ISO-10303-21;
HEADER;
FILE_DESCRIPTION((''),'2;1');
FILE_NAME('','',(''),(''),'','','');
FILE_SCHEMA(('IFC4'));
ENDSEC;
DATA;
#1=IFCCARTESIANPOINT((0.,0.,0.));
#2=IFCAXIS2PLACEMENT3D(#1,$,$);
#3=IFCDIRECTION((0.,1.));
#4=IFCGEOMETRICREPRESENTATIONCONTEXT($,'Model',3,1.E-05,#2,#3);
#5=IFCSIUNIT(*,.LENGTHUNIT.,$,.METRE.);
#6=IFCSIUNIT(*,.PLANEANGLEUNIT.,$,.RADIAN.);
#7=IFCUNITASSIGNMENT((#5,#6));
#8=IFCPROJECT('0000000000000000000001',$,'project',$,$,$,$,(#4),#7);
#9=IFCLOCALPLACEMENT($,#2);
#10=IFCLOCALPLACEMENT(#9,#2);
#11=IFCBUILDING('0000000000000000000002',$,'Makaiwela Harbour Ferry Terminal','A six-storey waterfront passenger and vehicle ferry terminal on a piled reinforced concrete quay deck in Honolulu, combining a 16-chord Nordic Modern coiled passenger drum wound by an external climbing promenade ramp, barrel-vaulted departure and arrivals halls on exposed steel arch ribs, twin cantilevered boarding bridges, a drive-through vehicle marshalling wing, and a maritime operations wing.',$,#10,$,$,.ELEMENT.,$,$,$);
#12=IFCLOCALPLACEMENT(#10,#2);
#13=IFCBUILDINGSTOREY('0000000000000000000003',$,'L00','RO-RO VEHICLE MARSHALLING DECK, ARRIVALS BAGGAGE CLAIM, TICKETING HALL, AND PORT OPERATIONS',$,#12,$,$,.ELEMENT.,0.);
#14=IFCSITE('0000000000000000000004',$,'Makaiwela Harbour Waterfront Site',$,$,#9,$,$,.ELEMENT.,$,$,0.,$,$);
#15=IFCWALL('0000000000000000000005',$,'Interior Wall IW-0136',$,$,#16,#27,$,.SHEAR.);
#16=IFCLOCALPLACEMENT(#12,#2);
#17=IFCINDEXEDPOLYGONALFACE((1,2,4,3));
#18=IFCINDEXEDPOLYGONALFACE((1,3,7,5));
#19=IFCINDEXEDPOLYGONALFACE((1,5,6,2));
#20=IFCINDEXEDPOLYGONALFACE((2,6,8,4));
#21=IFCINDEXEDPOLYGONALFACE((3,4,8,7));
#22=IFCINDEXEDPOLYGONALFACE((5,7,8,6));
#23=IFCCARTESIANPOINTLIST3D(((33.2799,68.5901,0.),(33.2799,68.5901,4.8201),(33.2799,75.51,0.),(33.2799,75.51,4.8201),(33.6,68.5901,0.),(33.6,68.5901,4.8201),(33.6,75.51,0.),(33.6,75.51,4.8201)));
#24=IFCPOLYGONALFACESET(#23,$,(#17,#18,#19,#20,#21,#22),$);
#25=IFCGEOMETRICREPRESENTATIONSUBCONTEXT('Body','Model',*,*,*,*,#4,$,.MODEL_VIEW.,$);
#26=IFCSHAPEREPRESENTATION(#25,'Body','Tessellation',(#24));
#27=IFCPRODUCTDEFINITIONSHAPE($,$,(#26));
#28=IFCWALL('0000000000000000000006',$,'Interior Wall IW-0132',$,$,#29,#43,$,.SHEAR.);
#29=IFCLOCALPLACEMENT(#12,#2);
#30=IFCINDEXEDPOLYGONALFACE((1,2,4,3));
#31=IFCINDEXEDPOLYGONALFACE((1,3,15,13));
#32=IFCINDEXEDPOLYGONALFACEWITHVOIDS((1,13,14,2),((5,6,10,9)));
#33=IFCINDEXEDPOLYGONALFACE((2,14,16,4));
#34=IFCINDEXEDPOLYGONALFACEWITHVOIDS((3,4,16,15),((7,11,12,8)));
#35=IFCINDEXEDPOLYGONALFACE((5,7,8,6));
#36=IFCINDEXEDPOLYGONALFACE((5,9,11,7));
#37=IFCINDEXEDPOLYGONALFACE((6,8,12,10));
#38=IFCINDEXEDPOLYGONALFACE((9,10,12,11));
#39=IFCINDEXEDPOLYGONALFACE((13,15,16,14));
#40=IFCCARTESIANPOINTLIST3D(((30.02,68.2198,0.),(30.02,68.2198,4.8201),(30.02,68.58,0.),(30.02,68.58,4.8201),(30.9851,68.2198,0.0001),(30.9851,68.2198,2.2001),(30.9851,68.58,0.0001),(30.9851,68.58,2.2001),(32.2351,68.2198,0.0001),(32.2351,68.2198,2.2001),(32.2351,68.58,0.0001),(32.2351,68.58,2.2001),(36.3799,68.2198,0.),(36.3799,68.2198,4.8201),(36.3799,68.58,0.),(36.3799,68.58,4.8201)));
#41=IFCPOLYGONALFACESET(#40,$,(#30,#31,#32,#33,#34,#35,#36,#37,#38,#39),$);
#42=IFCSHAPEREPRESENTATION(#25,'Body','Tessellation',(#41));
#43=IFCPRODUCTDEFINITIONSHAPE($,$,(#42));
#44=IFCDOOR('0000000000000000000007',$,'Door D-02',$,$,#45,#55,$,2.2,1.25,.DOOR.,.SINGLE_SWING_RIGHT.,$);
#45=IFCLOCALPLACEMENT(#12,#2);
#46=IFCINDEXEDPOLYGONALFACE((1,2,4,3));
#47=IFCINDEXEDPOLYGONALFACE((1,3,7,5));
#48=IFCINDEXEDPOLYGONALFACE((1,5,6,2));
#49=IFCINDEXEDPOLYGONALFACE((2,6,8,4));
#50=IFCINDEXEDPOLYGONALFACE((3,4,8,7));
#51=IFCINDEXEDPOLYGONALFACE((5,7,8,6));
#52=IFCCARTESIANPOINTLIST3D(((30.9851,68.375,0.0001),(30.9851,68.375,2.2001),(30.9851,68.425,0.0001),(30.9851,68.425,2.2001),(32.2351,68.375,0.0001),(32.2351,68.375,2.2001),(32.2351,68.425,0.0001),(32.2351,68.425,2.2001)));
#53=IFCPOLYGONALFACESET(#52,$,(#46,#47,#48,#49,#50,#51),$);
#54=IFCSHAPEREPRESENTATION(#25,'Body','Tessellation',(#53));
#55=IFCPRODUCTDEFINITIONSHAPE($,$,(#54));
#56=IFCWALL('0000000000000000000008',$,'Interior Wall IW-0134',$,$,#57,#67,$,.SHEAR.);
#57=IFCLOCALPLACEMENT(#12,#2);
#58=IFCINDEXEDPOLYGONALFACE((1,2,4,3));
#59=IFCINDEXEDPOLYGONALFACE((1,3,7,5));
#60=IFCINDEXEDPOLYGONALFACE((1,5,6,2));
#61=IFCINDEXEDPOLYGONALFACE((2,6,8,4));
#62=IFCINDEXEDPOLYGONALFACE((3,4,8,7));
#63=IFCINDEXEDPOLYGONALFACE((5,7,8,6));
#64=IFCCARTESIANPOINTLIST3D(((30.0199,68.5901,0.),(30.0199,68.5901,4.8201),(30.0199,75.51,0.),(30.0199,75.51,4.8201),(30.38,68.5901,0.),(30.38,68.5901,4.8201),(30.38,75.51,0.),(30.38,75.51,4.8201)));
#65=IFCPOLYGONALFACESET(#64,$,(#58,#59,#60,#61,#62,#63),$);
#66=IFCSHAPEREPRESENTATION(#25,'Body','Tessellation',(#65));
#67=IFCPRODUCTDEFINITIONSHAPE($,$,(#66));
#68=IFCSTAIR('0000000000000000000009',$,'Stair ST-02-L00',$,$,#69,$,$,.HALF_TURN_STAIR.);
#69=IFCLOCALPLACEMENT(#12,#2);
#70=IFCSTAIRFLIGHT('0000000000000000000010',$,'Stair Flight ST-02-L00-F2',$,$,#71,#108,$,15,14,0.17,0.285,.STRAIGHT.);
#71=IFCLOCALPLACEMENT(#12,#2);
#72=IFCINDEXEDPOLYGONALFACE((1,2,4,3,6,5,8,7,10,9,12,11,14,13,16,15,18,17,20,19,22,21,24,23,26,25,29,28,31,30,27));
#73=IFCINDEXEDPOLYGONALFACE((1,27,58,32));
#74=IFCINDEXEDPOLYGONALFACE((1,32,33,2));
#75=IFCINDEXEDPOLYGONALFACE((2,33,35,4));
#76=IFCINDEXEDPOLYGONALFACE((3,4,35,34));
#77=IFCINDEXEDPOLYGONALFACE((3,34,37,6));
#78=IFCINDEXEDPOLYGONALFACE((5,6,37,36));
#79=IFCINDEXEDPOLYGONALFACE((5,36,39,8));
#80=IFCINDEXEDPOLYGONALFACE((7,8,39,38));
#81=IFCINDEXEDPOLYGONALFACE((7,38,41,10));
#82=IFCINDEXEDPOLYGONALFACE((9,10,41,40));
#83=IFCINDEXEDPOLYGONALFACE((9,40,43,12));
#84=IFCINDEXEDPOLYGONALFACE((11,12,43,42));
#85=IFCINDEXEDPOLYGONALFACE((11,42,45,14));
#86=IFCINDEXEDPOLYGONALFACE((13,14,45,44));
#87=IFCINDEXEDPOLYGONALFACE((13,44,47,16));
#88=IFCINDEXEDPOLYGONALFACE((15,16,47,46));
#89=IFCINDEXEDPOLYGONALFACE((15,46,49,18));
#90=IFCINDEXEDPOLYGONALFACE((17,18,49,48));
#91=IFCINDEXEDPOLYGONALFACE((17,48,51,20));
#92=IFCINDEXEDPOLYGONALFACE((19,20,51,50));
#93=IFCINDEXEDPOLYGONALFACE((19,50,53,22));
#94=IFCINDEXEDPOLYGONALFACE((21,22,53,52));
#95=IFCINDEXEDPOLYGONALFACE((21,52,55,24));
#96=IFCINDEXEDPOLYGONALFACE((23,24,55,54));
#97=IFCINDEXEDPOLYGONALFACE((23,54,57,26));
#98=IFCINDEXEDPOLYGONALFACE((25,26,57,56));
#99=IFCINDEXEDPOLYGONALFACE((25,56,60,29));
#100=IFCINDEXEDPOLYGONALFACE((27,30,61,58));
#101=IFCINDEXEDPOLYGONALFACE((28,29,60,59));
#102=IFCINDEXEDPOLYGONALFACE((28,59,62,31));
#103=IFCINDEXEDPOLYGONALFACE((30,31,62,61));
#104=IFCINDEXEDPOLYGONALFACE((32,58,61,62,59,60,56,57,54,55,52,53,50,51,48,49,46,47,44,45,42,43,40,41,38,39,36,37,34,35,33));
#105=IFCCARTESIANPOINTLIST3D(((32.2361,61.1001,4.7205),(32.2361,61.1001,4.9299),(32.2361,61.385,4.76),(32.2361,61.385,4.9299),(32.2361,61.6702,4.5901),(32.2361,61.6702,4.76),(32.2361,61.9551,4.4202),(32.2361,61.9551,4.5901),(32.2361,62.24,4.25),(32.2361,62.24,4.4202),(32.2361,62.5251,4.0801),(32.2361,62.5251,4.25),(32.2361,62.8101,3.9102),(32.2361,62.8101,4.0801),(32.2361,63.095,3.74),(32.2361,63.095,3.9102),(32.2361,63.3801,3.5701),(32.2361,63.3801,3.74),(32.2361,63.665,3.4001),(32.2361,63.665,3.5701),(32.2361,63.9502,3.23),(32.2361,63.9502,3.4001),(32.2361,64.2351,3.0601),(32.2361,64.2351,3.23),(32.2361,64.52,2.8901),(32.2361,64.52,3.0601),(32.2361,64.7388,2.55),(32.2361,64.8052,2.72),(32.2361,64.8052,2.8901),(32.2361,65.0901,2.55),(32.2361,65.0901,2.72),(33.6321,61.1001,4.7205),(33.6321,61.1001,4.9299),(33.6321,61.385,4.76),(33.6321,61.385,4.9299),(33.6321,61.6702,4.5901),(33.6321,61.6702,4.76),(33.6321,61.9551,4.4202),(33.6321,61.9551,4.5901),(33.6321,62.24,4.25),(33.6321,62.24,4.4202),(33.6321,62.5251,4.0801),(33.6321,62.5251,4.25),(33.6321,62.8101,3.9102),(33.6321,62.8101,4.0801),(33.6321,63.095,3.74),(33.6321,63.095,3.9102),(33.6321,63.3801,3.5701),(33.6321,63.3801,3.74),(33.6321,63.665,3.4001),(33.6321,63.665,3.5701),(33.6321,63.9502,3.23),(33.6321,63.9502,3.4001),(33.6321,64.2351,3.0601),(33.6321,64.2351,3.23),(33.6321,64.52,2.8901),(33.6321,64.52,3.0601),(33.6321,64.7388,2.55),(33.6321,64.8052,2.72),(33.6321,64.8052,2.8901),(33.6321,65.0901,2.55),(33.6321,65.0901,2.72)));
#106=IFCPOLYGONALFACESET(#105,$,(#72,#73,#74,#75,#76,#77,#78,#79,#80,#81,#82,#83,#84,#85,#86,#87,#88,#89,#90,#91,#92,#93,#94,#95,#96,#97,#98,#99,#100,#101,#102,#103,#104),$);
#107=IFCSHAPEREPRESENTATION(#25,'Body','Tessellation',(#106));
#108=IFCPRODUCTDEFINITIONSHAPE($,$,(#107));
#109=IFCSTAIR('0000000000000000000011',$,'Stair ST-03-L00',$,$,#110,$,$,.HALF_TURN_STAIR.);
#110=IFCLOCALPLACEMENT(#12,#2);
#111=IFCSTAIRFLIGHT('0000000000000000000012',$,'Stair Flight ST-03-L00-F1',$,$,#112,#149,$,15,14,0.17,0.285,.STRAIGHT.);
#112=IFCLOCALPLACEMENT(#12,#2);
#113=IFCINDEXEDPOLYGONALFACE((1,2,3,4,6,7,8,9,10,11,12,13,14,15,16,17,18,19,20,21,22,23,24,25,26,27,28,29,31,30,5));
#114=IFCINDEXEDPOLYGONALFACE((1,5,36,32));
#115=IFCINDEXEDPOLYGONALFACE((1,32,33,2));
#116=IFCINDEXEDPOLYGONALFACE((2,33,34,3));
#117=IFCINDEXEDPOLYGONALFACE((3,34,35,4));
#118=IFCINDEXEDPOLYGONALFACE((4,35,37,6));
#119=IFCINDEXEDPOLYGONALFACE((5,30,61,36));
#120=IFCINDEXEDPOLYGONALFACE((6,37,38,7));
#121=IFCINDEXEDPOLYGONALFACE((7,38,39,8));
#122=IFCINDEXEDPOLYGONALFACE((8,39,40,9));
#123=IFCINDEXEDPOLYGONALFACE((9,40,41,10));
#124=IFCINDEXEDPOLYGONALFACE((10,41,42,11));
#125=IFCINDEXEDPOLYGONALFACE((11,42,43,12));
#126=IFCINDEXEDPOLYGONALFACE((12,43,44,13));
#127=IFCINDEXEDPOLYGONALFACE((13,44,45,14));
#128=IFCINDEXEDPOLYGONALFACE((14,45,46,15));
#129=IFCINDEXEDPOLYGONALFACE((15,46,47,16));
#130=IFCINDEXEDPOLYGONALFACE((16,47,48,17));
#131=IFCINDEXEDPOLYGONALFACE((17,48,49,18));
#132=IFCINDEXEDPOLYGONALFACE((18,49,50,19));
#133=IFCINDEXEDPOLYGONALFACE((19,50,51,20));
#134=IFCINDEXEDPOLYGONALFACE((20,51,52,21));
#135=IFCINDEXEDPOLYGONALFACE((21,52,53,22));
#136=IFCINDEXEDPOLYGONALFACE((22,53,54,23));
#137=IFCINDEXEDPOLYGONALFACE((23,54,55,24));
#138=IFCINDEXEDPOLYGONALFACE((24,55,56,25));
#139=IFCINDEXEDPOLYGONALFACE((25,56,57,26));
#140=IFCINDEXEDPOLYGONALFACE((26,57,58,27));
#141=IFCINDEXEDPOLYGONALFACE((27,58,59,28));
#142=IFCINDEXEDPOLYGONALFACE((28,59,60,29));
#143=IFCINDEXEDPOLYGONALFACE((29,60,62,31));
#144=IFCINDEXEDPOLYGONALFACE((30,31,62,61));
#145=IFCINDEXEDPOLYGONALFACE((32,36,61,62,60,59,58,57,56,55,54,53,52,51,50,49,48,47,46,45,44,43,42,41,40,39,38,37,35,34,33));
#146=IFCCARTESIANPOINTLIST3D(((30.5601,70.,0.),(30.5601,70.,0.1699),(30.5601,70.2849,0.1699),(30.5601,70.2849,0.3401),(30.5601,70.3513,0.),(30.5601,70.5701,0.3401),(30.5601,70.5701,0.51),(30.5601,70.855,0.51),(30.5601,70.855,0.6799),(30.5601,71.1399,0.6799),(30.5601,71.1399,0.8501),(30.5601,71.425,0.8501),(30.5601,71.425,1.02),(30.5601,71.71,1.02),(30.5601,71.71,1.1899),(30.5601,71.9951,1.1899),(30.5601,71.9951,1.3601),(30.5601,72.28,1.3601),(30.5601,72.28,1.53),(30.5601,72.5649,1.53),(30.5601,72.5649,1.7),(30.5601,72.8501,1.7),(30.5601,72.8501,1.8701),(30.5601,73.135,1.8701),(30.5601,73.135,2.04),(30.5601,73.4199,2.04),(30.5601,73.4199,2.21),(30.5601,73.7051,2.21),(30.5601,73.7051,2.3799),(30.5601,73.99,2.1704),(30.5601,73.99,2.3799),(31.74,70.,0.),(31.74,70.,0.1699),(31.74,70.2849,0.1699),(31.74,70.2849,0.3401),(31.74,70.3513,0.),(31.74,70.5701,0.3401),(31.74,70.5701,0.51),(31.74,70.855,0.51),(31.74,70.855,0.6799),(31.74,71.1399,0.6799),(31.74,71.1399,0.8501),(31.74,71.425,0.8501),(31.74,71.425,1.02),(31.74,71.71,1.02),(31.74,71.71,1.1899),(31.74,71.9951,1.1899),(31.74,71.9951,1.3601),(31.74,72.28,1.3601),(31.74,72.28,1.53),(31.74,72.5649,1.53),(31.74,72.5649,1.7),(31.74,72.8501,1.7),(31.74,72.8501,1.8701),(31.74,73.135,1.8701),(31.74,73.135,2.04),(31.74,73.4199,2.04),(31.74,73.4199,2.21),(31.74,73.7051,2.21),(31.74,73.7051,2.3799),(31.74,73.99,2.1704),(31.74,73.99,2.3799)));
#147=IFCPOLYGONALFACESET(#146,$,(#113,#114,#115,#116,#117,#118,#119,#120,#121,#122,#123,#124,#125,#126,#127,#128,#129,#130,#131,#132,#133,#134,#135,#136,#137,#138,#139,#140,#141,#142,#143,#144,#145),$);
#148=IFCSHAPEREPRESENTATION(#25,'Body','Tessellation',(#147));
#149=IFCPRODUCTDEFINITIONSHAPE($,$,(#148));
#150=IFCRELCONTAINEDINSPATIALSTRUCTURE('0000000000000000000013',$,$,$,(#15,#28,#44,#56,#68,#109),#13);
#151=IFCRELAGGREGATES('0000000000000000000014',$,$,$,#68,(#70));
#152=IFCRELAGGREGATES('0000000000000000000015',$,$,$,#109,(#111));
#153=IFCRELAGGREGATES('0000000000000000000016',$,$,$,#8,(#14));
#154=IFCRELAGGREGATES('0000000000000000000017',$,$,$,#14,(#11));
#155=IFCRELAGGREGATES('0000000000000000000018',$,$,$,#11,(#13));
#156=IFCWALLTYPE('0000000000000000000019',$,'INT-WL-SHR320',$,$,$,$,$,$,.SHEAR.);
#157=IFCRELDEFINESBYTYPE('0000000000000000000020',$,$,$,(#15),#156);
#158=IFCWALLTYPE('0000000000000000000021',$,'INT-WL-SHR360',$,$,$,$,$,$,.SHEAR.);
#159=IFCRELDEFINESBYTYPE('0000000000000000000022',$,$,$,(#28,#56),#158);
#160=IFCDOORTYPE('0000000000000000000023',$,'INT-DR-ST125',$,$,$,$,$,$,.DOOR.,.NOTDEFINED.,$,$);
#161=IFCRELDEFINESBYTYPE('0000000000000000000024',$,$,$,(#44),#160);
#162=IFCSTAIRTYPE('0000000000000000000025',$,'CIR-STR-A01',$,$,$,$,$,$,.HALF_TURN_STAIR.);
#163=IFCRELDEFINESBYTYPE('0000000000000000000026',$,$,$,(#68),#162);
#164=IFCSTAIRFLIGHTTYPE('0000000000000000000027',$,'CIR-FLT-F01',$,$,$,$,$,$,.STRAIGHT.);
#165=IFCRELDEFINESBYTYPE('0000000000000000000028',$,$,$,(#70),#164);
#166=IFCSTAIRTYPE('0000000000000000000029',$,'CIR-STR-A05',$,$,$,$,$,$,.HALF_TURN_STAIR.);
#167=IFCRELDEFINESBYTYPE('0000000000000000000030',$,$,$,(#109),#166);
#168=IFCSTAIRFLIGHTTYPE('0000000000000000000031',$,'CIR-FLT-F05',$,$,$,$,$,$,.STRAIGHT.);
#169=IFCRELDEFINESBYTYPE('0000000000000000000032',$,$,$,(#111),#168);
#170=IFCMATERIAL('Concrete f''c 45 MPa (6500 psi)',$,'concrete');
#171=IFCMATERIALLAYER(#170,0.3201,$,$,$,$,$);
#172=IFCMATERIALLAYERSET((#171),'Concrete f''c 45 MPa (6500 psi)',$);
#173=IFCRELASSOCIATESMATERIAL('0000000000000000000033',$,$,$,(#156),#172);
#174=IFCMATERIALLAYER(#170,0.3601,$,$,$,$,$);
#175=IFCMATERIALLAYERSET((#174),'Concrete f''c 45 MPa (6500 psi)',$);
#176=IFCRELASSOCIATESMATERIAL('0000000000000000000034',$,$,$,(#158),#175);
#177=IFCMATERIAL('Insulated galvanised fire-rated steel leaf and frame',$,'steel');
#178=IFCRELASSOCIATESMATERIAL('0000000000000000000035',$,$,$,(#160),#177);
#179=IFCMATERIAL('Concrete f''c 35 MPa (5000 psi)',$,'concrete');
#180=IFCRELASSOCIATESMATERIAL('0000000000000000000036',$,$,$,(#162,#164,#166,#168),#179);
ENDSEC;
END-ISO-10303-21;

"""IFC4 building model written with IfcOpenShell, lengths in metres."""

from ifc_helpers import new_model, si_unit, direction, frame, frame_2d, origin, place, context, subcontext, project, spatial, polyline, rectangle, outline, extrude, material, layer, layer_set, type_object, element, fill, aggregate, save


model = new_model("IFC4")

# Units and contexts
model_context = context("Model", 3, precision=1e-05, world=origin(), true_north=direction((0.0, 1.0)))
body_context = subcontext(model_context, "Body", "Model", "MODEL_VIEW")
ifc_project = project(units=[si_unit("LENGTHUNIT", "METRE"), si_unit("PLANEANGLEUNIT", "RADIAN")], contexts=[model_context])

# Site, building, storey
site_placement = place(None, origin())
site = spatial("IfcSite", under=ifc_project, at=site_placement, Name="Makaiwela Harbour Waterfront Site", CompositionType="ELEMENT", RefElevation=0.0)
building_placement = place(site_placement, origin())
building = spatial("IfcBuilding", under=site, at=building_placement, Name="Makaiwela Harbour Ferry Terminal", Description="A six-storey waterfront passenger and vehicle ferry terminal on a piled reinforced concrete quay deck in Honolulu, combining a 16-chord Nordic Modern coiled passenger drum wound by an external climbing promenade ramp, barrel-vaulted departure and arrivals halls on exposed steel arch ribs, twin cantilevered boarding bridges, a drive-through vehicle marshalling wing, and a maritime operations wing.", CompositionType="ELEMENT")
storey_placement = place(building_placement, origin())
storey = spatial("IfcBuildingStorey", under=building, at=storey_placement, Name="L00", Description="RO-RO VEHICLE MARSHALLING DECK, ARRIVALS BAGGAGE CLAIM, TICKETING HALL, AND PORT OPERATIONS", CompositionType="ELEMENT", Elevation=0.0)

# Shared definitions
ifc_material_1 = material(Name="Concrete f'c 45 MPa (6500 psi)", Category="concrete")

# Wall
ifc_layer_1 = layer(ifc_material_1, 0.3201)
ifc_layer_set_1 = layer_set([ifc_layer_1], Name="Concrete f'c 45 MPa (6500 psi)")
wall_type_1 = type_object("IfcWallType", Name="INT-WL-SHR320", PredefinedType="SHEAR", material=ifc_layer_set_1)
wall_1_placement = place(storey_placement, frame((33.4399, 68.5901, 0.0), z_axis=(0.0, 0.0, 1.0), x_axis=(0.0, 1.0, 0.0)))
element("IfcWall", 1, at=wall_1_placement, inside=storey, type_object=wall_type_1, Name="Interior Wall IW-0136", PredefinedType="SHEAR", context=body_context, shape_type="SweptSolid", body=[
    extrude(rectangle(XDim=6.9199, YDim=0.3201, at=frame_2d((3.46, 0.0))), origin(), (0.0, 0.0, 1.0), 4.8201),
])

# Wall, opening, door
ifc_layer_2 = layer(ifc_material_1, 0.3601)
ifc_layer_set_2 = layer_set([ifc_layer_2], Name="Concrete f'c 45 MPa (6500 psi)")
wall_type_2 = type_object("IfcWallType", Name="INT-WL-SHR360", PredefinedType="SHEAR", material=ifc_layer_set_2)
wall_2_placement = place(storey_placement, frame((30.02, 68.3999, 0.0), z_axis=(0.0, 0.0, 1.0), x_axis=(1.0, 0.0, 0.0)))
wall_2 = element("IfcWall", 2, at=wall_2_placement, inside=storey, type_object=wall_type_2, Name="Interior Wall IW-0132", PredefinedType="SHEAR", context=body_context, shape_type="SweptSolid", body=[
    extrude(rectangle(XDim=6.3599, YDim=0.3601, at=frame_2d((3.1799, 0.0))), origin(), (0.0, 0.0, 1.0), 4.8201),
])
opening_1_placement = place(wall_2_placement, frame((0.9651, 0.0, 0.0)))
opening_1 = element("IfcOpeningElement", 3, at=opening_1_placement, cuts=wall_2, PredefinedType="OPENING", context=body_context, shape_type="SweptSolid", body=[
    extrude(rectangle(XDim=1.25, YDim=2.2, at=frame_2d((0.625, 1.1001))), frame((0.0, 0.1899, 0.0), z_axis=(0.0, -1.0, 0.0), x_axis=(1.0, 0.0, 0.0)), (0.0, 0.0, 1.0), 0.3801),
])
ifc_material_2 = material(Name="Insulated galvanised fire-rated steel leaf and frame", Category="steel")
door_type_1 = type_object("IfcDoorType", Name="INT-DR-ST125", OperationType="NOTDEFINED", PredefinedType="DOOR", material=ifc_material_2)
door_1_placement = place(opening_1_placement, frame((1.25, 0.0, 0.0), z_axis=(0.0, 0.0, 1.0), x_axis=(-1.0, 0.0, 0.0)))
door_1 = element("IfcDoor", 4, at=door_1_placement, inside=storey, type_object=door_type_1, Name="Door D-02", OperationType="SINGLE_SWING_RIGHT", OverallHeight=2.2, OverallWidth=1.25, PredefinedType="DOOR", context=body_context, shape_type="SweptSolid", body=[
    extrude(rectangle(XDim=1.25, YDim=2.2, at=frame_2d((0.625, 1.1001))), frame((0.0, 0.0249, 0.0), z_axis=(0.0, -1.0, 0.0), x_axis=(1.0, 0.0, 0.0)), (0.0, 0.0, 1.0), 0.05),
])
fill(opening_1, door_1)

# Wall
wall_3_placement = place(storey_placement, frame((30.2, 68.5901, 0.0), z_axis=(0.0, 0.0, 1.0), x_axis=(0.0, 1.0, 0.0)))
element("IfcWall", 5, at=wall_3_placement, inside=storey, type_object=wall_type_2, Name="Interior Wall IW-0134", PredefinedType="SHEAR", context=body_context, shape_type="SweptSolid", body=[
    extrude(rectangle(XDim=6.9199, YDim=0.3601, at=frame_2d((3.46, 0.0))), origin(), (0.0, 0.0, 1.0), 4.8201),
])

# Stair, stair flight
ifc_material_3 = material(Name="Concrete f'c 35 MPa (5000 psi)", Category="concrete")
stair_type_1 = type_object("IfcStairType", Name="CIR-STR-A01", PredefinedType="HALF_TURN_STAIR", material=ifc_material_3)
stair_1_placement = place(storey_placement, origin())
stair_1 = element("IfcStair", 6, at=stair_1_placement, inside=storey, type_object=stair_type_1, Name="Stair ST-02-L00", PredefinedType="HALF_TURN_STAIR")
stair_flight_type_1 = type_object("IfcStairFlightType", Name="CIR-FLT-F01", PredefinedType="STRAIGHT", material=ifc_material_3)
stair_flight_1_placement = place(storey_placement, frame((32.9341, 65.0901, 2.55), z_axis=(0.0, 0.0, 1.0), x_axis=(0.0, -1.0, 0.0)))
stair_flight_1 = element("IfcStairFlight", 7, at=stair_flight_1_placement, type_object=stair_flight_type_1, Name="Stair Flight ST-02-L00-F2", NumberOfRisers=15, NumberOfTreads=14, PredefinedType="STRAIGHT", RiserHeight=0.17, TreadLength=0.285, context=body_context, shape_type="SweptSolid", body=[
    extrude(outline(polyline([(0.0, 0.0), (0.0, 0.1699), (0.2849, 0.1699), (0.2849, 0.3401), (0.5701, 0.3401), (0.5701, 0.51), (0.855, 0.51), (0.855, 0.6799), (1.1399, 0.6799), (1.1399, 0.8501), (1.425, 0.8501), (1.425, 1.02), (1.71, 1.02), (1.71, 1.1899), (1.9951, 1.1899), (1.9951, 1.3601), (2.28, 1.3601), (2.28, 1.53), (2.5649, 1.53), (2.5649, 1.7), (2.8501, 1.7), (2.8501, 1.8701), (3.135, 1.8701), (3.135, 2.04), (3.4199, 2.04), (3.4199, 2.21), (3.7051, 2.21), (3.7051, 2.3799), (3.99, 2.3799), (3.99, 2.55), (3.99, 2.1704), (0.3513, 0.0), (0.0, 0.0)])), frame((0.0, 0.698, 0.0), z_axis=(0.0, -1.0, 0.0), x_axis=(1.0, 0.0, 0.0)), (0.0, 0.0, 1.0), 1.396),
])
aggregate(stair_1, [stair_flight_1])

# Stair, stair flight
stair_type_2 = type_object("IfcStairType", Name="CIR-STR-A05", PredefinedType="HALF_TURN_STAIR", material=ifc_material_3)
stair_2_placement = place(storey_placement, origin())
stair_2 = element("IfcStair", 8, at=stair_2_placement, inside=storey, type_object=stair_type_2, Name="Stair ST-03-L00", PredefinedType="HALF_TURN_STAIR")
stair_flight_type_2 = type_object("IfcStairFlightType", Name="CIR-FLT-F05", PredefinedType="STRAIGHT", material=ifc_material_3)
stair_flight_2_placement = place(storey_placement, frame((31.1499, 70.0, 0.0), z_axis=(0.0, 0.0, 1.0), x_axis=(0.0, 1.0, 0.0)))
stair_flight_2 = element("IfcStairFlight", 9, at=stair_flight_2_placement, type_object=stair_flight_type_2, Name="Stair Flight ST-03-L00-F1", NumberOfRisers=15, NumberOfTreads=14, PredefinedType="STRAIGHT", RiserHeight=0.17, TreadLength=0.285, context=body_context, shape_type="SweptSolid", body=[
    extrude(outline(polyline([(0.0, 0.0), (0.0, 0.1699), (0.2849, 0.1699), (0.2849, 0.3401), (0.5701, 0.3401), (0.5701, 0.51), (0.855, 0.51), (0.855, 0.6799), (1.1399, 0.6799), (1.1399, 0.8501), (1.425, 0.8501), (1.425, 1.02), (1.71, 1.02), (1.71, 1.1899), (1.9951, 1.1899), (1.9951, 1.3601), (2.28, 1.3601), (2.28, 1.53), (2.5649, 1.53), (2.5649, 1.7), (2.8501, 1.7), (2.8501, 1.8701), (3.135, 1.8701), (3.135, 2.04), (3.4199, 2.04), (3.4199, 2.21), (3.7051, 2.21), (3.7051, 2.3799), (3.99, 2.3799), (3.99, 2.55), (3.99, 2.1704), (0.3513, 0.0), (0.0, 0.0)])), frame((0.0, 0.5898, 0.0), z_axis=(0.0, -1.0, 0.0), x_axis=(1.0, 0.0, 0.0)), (0.0, 0.0, 1.0), 1.1799),
])
aggregate(stair_2, [stair_flight_2])

save(model, "model.ifc")
